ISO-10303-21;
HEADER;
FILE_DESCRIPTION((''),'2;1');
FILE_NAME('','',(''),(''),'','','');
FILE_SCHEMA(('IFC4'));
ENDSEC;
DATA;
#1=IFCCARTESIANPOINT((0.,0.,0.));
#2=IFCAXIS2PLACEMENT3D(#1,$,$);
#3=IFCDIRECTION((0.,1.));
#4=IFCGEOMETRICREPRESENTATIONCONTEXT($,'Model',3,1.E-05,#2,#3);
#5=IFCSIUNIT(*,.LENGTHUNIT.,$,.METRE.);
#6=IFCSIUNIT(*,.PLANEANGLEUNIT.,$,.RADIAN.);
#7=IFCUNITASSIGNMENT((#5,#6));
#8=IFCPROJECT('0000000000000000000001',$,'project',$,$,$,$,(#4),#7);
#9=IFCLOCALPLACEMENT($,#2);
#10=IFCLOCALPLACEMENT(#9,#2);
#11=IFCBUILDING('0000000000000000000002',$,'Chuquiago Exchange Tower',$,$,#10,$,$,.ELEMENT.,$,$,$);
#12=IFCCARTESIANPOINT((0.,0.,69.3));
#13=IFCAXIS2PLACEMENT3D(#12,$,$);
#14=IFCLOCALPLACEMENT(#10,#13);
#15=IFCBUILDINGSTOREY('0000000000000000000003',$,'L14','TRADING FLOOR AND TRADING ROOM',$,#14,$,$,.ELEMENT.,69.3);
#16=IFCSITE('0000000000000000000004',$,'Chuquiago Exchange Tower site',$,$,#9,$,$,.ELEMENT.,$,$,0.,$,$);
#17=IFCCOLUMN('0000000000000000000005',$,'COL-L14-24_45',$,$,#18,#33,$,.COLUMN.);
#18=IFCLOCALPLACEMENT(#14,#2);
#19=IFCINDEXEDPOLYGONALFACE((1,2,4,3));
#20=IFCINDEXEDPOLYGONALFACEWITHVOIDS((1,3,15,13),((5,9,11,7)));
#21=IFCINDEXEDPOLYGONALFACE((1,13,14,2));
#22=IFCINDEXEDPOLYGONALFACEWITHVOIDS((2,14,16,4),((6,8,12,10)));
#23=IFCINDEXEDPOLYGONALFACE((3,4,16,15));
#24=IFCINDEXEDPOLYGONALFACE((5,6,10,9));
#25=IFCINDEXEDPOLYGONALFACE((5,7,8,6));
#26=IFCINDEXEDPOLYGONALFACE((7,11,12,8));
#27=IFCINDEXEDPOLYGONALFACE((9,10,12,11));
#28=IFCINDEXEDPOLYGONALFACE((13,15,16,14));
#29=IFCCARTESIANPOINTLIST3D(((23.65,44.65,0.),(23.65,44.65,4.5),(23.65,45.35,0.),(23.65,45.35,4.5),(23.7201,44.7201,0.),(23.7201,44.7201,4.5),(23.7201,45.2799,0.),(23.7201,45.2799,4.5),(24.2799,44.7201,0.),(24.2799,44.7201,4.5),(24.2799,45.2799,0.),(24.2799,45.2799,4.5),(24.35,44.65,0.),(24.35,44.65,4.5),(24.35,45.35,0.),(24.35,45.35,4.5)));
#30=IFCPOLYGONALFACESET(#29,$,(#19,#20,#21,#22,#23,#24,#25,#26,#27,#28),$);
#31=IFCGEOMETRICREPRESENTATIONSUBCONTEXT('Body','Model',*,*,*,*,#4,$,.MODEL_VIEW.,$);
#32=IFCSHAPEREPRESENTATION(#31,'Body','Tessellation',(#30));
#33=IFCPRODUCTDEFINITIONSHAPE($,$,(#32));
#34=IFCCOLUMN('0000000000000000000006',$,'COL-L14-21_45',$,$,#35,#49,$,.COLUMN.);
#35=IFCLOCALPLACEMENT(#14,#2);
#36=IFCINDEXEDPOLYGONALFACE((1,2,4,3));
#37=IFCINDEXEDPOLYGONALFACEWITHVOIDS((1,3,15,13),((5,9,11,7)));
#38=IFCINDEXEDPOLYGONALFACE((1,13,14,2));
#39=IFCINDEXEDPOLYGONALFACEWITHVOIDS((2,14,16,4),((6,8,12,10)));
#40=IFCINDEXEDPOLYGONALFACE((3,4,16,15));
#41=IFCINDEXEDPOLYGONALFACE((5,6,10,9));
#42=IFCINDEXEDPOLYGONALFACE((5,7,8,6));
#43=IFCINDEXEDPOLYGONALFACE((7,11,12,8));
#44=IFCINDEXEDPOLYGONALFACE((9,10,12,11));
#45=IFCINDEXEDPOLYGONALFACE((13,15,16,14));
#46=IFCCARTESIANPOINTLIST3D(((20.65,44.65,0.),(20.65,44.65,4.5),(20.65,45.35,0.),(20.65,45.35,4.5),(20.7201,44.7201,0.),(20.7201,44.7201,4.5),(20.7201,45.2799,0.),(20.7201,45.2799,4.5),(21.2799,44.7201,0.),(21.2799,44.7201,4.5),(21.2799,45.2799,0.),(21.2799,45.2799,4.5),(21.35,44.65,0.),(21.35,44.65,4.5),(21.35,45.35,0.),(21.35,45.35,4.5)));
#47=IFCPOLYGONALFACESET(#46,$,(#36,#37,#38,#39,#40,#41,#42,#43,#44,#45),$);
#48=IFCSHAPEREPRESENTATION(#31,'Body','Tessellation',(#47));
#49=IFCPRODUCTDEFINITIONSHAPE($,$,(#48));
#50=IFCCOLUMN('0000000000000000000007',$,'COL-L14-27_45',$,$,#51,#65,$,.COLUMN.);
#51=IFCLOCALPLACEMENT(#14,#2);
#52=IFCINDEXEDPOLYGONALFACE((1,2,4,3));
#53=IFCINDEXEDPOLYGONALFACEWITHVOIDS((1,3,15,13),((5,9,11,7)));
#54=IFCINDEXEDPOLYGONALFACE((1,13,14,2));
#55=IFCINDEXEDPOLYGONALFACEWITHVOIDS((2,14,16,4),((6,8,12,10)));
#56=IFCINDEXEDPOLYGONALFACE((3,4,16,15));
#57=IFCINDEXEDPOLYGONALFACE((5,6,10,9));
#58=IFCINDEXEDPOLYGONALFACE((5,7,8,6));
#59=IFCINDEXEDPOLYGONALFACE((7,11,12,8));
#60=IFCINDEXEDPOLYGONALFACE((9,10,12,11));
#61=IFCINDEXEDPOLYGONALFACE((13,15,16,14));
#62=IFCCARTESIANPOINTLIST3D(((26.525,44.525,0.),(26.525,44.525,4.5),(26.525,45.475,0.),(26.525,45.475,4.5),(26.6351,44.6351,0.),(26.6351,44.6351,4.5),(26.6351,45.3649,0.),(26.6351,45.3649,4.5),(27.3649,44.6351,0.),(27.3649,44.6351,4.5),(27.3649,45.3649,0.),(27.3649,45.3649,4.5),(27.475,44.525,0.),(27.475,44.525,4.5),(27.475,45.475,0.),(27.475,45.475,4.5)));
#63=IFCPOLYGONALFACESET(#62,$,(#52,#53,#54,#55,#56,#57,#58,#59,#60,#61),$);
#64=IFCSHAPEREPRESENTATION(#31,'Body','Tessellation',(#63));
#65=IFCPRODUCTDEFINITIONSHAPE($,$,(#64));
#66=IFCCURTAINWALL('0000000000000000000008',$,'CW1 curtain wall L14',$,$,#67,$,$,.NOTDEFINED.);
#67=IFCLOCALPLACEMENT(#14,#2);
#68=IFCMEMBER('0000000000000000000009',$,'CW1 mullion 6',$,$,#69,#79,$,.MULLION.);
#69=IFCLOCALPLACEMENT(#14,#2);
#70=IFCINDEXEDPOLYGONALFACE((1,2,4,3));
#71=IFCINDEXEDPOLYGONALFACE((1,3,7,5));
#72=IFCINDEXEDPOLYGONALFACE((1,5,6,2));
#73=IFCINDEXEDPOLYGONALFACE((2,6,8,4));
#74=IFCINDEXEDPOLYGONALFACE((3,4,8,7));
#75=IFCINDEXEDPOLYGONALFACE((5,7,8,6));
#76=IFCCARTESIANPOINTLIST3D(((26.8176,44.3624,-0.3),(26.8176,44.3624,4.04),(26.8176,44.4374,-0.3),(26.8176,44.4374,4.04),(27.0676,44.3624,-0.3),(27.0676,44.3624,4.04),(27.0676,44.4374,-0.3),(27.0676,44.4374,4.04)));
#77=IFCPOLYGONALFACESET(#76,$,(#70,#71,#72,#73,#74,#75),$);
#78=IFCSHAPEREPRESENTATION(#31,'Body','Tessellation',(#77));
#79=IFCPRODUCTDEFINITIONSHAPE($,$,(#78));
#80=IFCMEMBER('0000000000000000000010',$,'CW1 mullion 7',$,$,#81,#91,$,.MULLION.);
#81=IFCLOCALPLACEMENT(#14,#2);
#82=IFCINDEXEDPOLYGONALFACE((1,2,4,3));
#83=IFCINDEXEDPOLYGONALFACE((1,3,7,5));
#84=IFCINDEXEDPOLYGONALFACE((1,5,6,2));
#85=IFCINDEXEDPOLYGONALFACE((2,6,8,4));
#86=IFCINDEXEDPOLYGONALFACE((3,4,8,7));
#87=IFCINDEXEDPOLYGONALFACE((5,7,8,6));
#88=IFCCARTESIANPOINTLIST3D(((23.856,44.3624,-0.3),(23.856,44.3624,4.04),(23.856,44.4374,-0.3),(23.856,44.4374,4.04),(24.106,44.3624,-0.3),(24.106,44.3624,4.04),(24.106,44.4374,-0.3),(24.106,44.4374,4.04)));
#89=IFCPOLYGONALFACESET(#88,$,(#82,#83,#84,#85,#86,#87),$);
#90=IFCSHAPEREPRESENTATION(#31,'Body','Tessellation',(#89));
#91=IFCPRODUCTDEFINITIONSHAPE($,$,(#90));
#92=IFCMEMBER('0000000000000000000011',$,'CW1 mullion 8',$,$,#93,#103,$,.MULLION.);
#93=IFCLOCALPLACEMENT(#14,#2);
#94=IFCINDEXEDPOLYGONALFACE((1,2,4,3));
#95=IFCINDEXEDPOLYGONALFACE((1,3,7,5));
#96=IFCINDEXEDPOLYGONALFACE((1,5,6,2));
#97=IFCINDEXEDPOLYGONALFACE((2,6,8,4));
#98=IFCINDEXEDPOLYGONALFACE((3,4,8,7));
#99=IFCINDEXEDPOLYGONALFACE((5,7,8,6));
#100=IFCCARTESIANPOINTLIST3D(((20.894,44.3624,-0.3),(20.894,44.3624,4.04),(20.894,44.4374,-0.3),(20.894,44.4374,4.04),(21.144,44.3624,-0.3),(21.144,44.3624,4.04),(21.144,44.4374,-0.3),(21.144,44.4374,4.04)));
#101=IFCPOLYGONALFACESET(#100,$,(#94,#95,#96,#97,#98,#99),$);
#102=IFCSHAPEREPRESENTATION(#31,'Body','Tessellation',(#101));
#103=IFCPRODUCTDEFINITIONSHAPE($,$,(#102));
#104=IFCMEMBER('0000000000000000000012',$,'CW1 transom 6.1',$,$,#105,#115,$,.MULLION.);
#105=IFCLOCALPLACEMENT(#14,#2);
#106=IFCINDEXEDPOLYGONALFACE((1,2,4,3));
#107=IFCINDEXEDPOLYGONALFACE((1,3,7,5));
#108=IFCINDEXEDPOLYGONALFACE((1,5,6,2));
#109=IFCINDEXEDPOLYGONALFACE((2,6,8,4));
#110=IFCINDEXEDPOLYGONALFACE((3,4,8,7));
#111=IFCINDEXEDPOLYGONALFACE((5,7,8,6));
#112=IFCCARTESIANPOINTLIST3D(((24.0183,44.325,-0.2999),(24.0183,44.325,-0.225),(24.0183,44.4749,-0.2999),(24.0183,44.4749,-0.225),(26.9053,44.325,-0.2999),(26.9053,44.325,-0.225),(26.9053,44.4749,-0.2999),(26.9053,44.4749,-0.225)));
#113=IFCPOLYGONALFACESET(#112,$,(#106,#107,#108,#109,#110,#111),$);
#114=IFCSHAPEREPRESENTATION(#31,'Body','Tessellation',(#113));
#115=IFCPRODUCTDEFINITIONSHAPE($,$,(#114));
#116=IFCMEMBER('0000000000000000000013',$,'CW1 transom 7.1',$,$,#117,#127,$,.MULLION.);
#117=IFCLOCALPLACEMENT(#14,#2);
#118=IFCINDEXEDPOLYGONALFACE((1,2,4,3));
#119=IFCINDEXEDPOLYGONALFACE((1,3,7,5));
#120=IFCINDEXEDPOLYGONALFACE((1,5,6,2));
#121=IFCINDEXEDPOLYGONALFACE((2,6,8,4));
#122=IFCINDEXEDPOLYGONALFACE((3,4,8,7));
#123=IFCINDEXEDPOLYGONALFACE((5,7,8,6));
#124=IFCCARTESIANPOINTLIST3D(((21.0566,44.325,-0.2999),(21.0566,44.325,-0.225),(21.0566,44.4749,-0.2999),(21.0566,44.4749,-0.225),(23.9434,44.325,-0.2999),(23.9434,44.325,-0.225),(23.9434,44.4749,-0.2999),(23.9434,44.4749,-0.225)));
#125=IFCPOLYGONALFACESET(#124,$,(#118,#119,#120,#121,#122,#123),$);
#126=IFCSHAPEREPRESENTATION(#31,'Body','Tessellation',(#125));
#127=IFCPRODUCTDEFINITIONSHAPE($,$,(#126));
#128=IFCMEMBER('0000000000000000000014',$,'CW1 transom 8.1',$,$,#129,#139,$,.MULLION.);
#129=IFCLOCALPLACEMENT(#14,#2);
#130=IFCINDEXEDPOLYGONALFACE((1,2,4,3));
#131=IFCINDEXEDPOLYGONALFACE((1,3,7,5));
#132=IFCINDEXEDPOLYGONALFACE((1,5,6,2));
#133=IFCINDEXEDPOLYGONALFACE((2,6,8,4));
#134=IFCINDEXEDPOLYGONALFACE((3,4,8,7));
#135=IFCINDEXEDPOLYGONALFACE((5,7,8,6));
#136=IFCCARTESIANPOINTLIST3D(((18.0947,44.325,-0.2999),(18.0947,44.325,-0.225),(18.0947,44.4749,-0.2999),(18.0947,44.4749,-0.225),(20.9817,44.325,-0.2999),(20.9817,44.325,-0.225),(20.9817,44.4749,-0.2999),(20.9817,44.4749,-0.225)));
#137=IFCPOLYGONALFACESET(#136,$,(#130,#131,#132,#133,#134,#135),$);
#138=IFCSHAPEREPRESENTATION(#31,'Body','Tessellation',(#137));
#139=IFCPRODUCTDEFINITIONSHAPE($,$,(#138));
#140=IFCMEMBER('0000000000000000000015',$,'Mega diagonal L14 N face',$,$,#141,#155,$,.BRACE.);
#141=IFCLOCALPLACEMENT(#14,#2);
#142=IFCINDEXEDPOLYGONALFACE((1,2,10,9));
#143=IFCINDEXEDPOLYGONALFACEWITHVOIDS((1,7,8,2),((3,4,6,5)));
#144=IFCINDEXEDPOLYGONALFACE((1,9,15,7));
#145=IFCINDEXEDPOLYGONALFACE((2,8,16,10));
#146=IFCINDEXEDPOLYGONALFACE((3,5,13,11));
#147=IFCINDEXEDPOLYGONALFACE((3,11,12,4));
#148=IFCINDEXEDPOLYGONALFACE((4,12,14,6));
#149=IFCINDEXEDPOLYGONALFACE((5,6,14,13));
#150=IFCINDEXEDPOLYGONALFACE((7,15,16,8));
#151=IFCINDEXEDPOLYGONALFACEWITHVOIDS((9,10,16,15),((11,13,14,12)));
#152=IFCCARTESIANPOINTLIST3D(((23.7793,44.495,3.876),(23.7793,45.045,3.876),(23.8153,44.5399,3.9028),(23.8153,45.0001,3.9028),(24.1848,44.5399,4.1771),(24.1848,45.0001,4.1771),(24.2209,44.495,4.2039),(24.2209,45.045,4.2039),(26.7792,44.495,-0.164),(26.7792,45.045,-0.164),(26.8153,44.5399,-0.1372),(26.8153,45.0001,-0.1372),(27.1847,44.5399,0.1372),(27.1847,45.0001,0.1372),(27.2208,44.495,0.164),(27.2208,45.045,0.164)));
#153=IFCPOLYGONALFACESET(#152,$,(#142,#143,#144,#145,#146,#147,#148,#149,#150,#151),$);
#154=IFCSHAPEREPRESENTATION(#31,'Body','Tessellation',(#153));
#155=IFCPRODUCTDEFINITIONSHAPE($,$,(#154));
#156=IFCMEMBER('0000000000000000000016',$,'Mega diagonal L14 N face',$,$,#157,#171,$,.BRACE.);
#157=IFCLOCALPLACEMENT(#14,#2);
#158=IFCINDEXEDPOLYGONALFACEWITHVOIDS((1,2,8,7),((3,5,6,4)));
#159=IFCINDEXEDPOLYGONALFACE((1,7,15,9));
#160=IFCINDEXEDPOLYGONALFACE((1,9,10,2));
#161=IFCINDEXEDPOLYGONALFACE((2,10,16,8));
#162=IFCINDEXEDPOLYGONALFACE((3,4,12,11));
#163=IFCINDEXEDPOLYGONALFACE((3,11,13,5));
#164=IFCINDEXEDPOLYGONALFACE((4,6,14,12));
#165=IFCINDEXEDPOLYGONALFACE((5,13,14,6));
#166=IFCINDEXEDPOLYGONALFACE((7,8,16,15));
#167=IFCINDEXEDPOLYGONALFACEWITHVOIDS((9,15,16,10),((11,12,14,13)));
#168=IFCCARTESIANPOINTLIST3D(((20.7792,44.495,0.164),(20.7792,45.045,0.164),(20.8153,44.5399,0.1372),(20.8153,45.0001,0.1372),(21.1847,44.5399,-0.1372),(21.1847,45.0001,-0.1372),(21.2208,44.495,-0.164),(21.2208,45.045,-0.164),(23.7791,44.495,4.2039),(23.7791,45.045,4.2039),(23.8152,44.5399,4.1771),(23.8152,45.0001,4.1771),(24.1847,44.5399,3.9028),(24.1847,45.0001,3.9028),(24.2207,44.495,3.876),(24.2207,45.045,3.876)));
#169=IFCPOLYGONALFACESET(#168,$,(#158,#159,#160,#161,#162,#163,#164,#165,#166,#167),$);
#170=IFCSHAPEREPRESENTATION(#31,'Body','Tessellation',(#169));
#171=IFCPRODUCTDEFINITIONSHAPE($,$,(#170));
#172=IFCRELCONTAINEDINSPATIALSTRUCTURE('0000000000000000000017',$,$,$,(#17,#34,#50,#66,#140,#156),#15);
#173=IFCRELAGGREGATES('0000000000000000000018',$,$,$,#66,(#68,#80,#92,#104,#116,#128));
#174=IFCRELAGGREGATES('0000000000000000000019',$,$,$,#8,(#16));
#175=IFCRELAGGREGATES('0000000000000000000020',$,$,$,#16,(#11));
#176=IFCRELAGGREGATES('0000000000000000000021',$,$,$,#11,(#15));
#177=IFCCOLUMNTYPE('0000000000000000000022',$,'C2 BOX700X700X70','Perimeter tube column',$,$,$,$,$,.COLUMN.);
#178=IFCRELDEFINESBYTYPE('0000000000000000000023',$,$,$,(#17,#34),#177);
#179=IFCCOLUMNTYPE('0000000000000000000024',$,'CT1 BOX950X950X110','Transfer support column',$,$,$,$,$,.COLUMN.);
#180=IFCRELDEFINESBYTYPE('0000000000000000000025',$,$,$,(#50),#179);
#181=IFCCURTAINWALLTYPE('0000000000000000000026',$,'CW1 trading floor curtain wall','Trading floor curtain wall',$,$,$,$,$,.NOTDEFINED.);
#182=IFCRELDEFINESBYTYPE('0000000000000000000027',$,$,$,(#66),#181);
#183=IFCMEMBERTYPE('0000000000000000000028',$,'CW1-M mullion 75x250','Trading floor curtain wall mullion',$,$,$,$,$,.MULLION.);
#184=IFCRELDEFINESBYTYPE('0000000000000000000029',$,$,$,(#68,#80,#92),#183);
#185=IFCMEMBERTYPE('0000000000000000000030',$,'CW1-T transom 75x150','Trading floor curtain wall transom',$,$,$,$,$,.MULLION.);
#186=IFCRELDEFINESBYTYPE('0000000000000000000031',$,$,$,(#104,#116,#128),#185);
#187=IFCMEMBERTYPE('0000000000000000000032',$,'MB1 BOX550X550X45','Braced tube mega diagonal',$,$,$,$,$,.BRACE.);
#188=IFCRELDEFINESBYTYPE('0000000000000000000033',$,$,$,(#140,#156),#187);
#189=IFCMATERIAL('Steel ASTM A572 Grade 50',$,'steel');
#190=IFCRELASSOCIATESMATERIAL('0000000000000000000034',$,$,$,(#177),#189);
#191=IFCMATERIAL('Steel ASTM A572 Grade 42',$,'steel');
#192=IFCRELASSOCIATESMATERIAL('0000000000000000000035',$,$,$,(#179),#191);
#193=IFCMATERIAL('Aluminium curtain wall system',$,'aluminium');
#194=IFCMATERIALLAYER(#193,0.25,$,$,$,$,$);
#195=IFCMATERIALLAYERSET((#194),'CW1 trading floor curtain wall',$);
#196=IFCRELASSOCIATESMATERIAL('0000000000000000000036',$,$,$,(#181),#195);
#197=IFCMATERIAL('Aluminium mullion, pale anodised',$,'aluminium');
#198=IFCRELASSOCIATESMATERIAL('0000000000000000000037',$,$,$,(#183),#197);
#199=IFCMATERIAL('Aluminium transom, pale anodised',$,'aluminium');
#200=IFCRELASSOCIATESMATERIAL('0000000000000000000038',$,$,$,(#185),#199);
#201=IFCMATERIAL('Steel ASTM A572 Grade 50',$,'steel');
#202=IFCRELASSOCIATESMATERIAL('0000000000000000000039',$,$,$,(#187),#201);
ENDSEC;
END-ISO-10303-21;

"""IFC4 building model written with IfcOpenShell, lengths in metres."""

from ifc_helpers import new_model, si_unit, direction, frame, origin, origin_2d, place, context, subcontext, project, spatial, rectangle, hollow_rectangle, extrude, material, layer, layer_set, material_profile, profile_set, type_object, element, aggregate, save


model = new_model("IFC4")

# Units and contexts
model_context = context("Model", 3, precision=1e-05, world=origin(), true_north=direction((0.0, 1.0)))
body_context = subcontext(model_context, "Body", "Model", "MODEL_VIEW")
ifc_project = project(units=[si_unit("LENGTHUNIT", "METRE"), si_unit("PLANEANGLEUNIT", "RADIAN")], contexts=[model_context])

# Site, building, storey
site_placement = place(None, origin())
site = spatial("IfcSite", under=ifc_project, at=site_placement, Name="Chuquiago Exchange Tower site", CompositionType="ELEMENT", RefElevation=0.0)
building_placement = place(site_placement, origin())
building = spatial("IfcBuilding", under=site, at=building_placement, Name="Chuquiago Exchange Tower", CompositionType="ELEMENT")
storey_placement = place(building_placement, frame((0.0, 0.0, 69.3)))
storey = spatial("IfcBuildingStorey", under=building, at=storey_placement, Name="L14", Description="TRADING FLOOR AND TRADING ROOM", CompositionType="ELEMENT", Elevation=69.3)

# Columns
ifc_material_1 = material(Name="Steel ASTM A572 Grade 50", Category="steel")
ifc_material_profile_1 = material_profile(ifc_material_1, hollow_rectangle(XDim=0.7, YDim=0.7, WallThickness=0.0701, at=origin_2d()), Name="BOX700X700X70")
ifc_profile_set_1 = profile_set([ifc_material_profile_1], Name="Steel ASTM A572 Grade 50")
column_type_1 = type_object("IfcColumnType", Name="C2 BOX700X700X70", Description="Perimeter tube column", PredefinedType="COLUMN", material=ifc_profile_set_1)
for number, where, z_axis, x_axis, name in (
    (1, (24.0, 45.0, 0.0), (0.0, 0.0, 1.0), (0.0, 1.0, 0.0), "COL-L14-24_45"),
    (2, (21.0, 45.0, 0.0), (0.0, 0.0, 1.0), (0.0, 1.0, 0.0), "COL-L14-21_45"),
):
    element("IfcColumn", number, at=place(storey_placement, frame(where, z_axis=z_axis, x_axis=x_axis)), inside=storey, type_object=column_type_1, Name=name, PredefinedType="COLUMN", context=body_context, shape_type="SweptSolid", body=[
        extrude(hollow_rectangle(XDim=0.7, YDim=0.7, WallThickness=0.0701, at=origin_2d()), origin(), (0.0, 0.0, 1.0), 4.5),
    ])
ifc_material_2 = material(Name="Steel ASTM A572 Grade 42", Category="steel")
ifc_material_profile_2 = material_profile(ifc_material_2, hollow_rectangle(XDim=0.95, YDim=0.95, WallThickness=0.1101, at=origin_2d()), Name="BOX950X950X110")
ifc_profile_set_2 = profile_set([ifc_material_profile_2], Name="Steel ASTM A572 Grade 42")
column_type_2 = type_object("IfcColumnType", Name="CT1 BOX950X950X110", Description="Transfer support column", PredefinedType="COLUMN", material=ifc_profile_set_2)
column_placement = place(storey_placement, frame((27.0, 45.0, 0.0), z_axis=(0.0, 0.0, 1.0), x_axis=(0.0, 1.0, 0.0)))
element("IfcColumn", 3, at=column_placement, inside=storey, type_object=column_type_2, Name="COL-L14-27_45", PredefinedType="COLUMN", context=body_context, shape_type="SweptSolid", body=[
    extrude(hollow_rectangle(XDim=0.95, YDim=0.95, WallThickness=0.1101, at=origin_2d()), origin(), (0.0, 0.0, 1.0), 4.5),
])

# Curtain wall, members
ifc_material_3 = material(Name="Aluminium curtain wall system", Category="aluminium")
ifc_layer_1 = layer(ifc_material_3, 0.25)
ifc_layer_set_1 = layer_set([ifc_layer_1], Name="CW1 trading floor curtain wall")
curtain_wall_type = type_object("IfcCurtainWallType", Name="CW1 trading floor curtain wall", Description="Trading floor curtain wall", PredefinedType="NOTDEFINED", material=ifc_layer_set_1)
curtain_wall_placement = place(storey_placement, origin())
curtain_wall = element("IfcCurtainWall", 4, at=curtain_wall_placement, inside=storey, type_object=curtain_wall_type, Name="CW1 curtain wall L14", PredefinedType="NOTDEFINED")
ifc_material_4 = material(Name="Aluminium mullion, pale anodised", Category="aluminium")
ifc_material_profile_3 = material_profile(ifc_material_4, rectangle(XDim=0.075, YDim=0.25, at=origin_2d()), Name="AL 75x250")
ifc_profile_set_3 = profile_set([ifc_material_profile_3], Name="Aluminium mullion, pale anodised")
member_type_1 = type_object("IfcMemberType", Name="CW1-M mullion 75x250", Description="Trading floor curtain wall mullion", PredefinedType="MULLION", material=ifc_profile_set_3)
member_1_placement = place(storey_placement, frame((26.9426, 44.3999, -0.3), z_axis=(0.0, 0.0, 1.0), x_axis=(0.0, -1.0, 0.0)))
member_1 = element("IfcMember", 5, at=member_1_placement, type_object=member_type_1, Name="CW1 mullion 6", PredefinedType="MULLION", context=body_context, shape_type="SweptSolid", body=[
    extrude(rectangle(XDim=0.075, YDim=0.25, at=origin_2d()), origin(), (0.0, 0.0, 1.0), 4.3401),
])
member_2_placement = place(storey_placement, frame((23.981, 44.3999, -0.3), z_axis=(0.0, 0.0, 1.0), x_axis=(0.0, -1.0, 0.0)))
member_2 = element("IfcMember", 6, at=member_2_placement, type_object=member_type_1, Name="CW1 mullion 7", PredefinedType="MULLION", context=body_context, shape_type="SweptSolid", body=[
    extrude(rectangle(XDim=0.075, YDim=0.25, at=origin_2d()), origin(), (0.0, 0.0, 1.0), 4.3401),
])
member_3_placement = place(storey_placement, frame((21.019, 44.3999, -0.3), z_axis=(0.0, 0.0, 1.0), x_axis=(0.0, -1.0, 0.0)))
member_3 = element("IfcMember", 7, at=member_3_placement, type_object=member_type_1, Name="CW1 mullion 8", PredefinedType="MULLION", context=body_context, shape_type="SweptSolid", body=[
    extrude(rectangle(XDim=0.075, YDim=0.25, at=origin_2d()), origin(), (0.0, 0.0, 1.0), 4.3401),
])
ifc_material_5 = material(Name="Aluminium transom, pale anodised", Category="aluminium")
ifc_material_profile_4 = material_profile(ifc_material_5, rectangle(XDim=0.1499, YDim=0.075, at=origin_2d()), Name="AL 150x75")
ifc_profile_set_4 = profile_set([ifc_material_profile_4], Name="Aluminium transom, pale anodised")
member_type_2 = type_object("IfcMemberType", Name="CW1-T transom 75x150", Description="Trading floor curtain wall transom", PredefinedType="MULLION", material=ifc_profile_set_4)
member_4_placement = place(storey_placement, frame((26.9053, 44.3999, -0.2625), z_axis=(-1.0, 0.0, 0.0), x_axis=(0.0, -1.0, 0.0)))
member_4 = element("IfcMember", 8, at=member_4_placement, type_object=member_type_2, Name="CW1 transom 6.1", PredefinedType="MULLION", context=body_context, shape_type="SweptSolid", body=[
    extrude(rectangle(XDim=0.1499, YDim=0.075, at=origin_2d()), origin(), (0.0, 0.0, 1.0), 2.887),
])
member_5_placement = place(storey_placement, frame((23.9434, 44.3999, -0.2625), z_axis=(-1.0, 0.0, 0.0), x_axis=(0.0, -1.0, 0.0)))
member_5 = element("IfcMember", 9, at=member_5_placement, type_object=member_type_2, Name="CW1 transom 7.1", PredefinedType="MULLION", context=body_context, shape_type="SweptSolid", body=[
    extrude(rectangle(XDim=0.1499, YDim=0.075, at=origin_2d()), origin(), (0.0, 0.0, 1.0), 2.8867),
])
member_6_placement = place(storey_placement, frame((20.9817, 44.3999, -0.2625), z_axis=(-1.0, 0.0, 0.0), x_axis=(0.0, -1.0, 0.0)))
member_6 = element("IfcMember", 10, at=member_6_placement, type_object=member_type_2, Name="CW1 transom 8.1", PredefinedType="MULLION", context=body_context, shape_type="SweptSolid", body=[
    extrude(rectangle(XDim=0.1499, YDim=0.075, at=origin_2d()), origin(), (0.0, 0.0, 1.0), 2.887),
])

# Members
ifc_material_6 = material(Name="Steel ASTM A572 Grade 50", Category="steel")
ifc_material_profile_5 = material_profile(ifc_material_6, hollow_rectangle(XDim=0.55, YDim=0.55, WallThickness=0.0449, at=origin_2d()), Name="BOX550X550X45")
ifc_profile_set_5 = profile_set([ifc_material_profile_5], Name="Steel ASTM A572 Grade 50")
member_type_3 = type_object("IfcMemberType", Name="MB1 BOX550X550X45", Description="Braced tube mega diagonal", PredefinedType="BRACE", material=ifc_profile_set_5)
for number, where, z_axis, x_axis, name in (
    (11, (27.0, 44.77, 0.0), (-0.596174, 0.0, 0.802855), (0.0, -1.0, 0.0), "Mega diagonal L14 N face"),
    (12, (21.0, 44.77, 0.0), (0.596174, 0.0, 0.802855), (0.0, 1.0, 0.0), "Mega diagonal L14 N face"),
):
    element("IfcMember", number, at=place(storey_placement, frame(where, z_axis=z_axis, x_axis=x_axis)), inside=storey, type_object=member_type_3, Name=name, PredefinedType="BRACE", context=body_context, shape_type="SweptSolid", body=[
        extrude(hollow_rectangle(XDim=0.55, YDim=0.55, WallThickness=0.0449, at=origin_2d()), origin(), (0.0, 0.0, 1.0), 5.032),
    ])

aggregate(curtain_wall, [member_1, member_2, member_3, member_4, member_5, member_6])

save(model, "model.ifc")
